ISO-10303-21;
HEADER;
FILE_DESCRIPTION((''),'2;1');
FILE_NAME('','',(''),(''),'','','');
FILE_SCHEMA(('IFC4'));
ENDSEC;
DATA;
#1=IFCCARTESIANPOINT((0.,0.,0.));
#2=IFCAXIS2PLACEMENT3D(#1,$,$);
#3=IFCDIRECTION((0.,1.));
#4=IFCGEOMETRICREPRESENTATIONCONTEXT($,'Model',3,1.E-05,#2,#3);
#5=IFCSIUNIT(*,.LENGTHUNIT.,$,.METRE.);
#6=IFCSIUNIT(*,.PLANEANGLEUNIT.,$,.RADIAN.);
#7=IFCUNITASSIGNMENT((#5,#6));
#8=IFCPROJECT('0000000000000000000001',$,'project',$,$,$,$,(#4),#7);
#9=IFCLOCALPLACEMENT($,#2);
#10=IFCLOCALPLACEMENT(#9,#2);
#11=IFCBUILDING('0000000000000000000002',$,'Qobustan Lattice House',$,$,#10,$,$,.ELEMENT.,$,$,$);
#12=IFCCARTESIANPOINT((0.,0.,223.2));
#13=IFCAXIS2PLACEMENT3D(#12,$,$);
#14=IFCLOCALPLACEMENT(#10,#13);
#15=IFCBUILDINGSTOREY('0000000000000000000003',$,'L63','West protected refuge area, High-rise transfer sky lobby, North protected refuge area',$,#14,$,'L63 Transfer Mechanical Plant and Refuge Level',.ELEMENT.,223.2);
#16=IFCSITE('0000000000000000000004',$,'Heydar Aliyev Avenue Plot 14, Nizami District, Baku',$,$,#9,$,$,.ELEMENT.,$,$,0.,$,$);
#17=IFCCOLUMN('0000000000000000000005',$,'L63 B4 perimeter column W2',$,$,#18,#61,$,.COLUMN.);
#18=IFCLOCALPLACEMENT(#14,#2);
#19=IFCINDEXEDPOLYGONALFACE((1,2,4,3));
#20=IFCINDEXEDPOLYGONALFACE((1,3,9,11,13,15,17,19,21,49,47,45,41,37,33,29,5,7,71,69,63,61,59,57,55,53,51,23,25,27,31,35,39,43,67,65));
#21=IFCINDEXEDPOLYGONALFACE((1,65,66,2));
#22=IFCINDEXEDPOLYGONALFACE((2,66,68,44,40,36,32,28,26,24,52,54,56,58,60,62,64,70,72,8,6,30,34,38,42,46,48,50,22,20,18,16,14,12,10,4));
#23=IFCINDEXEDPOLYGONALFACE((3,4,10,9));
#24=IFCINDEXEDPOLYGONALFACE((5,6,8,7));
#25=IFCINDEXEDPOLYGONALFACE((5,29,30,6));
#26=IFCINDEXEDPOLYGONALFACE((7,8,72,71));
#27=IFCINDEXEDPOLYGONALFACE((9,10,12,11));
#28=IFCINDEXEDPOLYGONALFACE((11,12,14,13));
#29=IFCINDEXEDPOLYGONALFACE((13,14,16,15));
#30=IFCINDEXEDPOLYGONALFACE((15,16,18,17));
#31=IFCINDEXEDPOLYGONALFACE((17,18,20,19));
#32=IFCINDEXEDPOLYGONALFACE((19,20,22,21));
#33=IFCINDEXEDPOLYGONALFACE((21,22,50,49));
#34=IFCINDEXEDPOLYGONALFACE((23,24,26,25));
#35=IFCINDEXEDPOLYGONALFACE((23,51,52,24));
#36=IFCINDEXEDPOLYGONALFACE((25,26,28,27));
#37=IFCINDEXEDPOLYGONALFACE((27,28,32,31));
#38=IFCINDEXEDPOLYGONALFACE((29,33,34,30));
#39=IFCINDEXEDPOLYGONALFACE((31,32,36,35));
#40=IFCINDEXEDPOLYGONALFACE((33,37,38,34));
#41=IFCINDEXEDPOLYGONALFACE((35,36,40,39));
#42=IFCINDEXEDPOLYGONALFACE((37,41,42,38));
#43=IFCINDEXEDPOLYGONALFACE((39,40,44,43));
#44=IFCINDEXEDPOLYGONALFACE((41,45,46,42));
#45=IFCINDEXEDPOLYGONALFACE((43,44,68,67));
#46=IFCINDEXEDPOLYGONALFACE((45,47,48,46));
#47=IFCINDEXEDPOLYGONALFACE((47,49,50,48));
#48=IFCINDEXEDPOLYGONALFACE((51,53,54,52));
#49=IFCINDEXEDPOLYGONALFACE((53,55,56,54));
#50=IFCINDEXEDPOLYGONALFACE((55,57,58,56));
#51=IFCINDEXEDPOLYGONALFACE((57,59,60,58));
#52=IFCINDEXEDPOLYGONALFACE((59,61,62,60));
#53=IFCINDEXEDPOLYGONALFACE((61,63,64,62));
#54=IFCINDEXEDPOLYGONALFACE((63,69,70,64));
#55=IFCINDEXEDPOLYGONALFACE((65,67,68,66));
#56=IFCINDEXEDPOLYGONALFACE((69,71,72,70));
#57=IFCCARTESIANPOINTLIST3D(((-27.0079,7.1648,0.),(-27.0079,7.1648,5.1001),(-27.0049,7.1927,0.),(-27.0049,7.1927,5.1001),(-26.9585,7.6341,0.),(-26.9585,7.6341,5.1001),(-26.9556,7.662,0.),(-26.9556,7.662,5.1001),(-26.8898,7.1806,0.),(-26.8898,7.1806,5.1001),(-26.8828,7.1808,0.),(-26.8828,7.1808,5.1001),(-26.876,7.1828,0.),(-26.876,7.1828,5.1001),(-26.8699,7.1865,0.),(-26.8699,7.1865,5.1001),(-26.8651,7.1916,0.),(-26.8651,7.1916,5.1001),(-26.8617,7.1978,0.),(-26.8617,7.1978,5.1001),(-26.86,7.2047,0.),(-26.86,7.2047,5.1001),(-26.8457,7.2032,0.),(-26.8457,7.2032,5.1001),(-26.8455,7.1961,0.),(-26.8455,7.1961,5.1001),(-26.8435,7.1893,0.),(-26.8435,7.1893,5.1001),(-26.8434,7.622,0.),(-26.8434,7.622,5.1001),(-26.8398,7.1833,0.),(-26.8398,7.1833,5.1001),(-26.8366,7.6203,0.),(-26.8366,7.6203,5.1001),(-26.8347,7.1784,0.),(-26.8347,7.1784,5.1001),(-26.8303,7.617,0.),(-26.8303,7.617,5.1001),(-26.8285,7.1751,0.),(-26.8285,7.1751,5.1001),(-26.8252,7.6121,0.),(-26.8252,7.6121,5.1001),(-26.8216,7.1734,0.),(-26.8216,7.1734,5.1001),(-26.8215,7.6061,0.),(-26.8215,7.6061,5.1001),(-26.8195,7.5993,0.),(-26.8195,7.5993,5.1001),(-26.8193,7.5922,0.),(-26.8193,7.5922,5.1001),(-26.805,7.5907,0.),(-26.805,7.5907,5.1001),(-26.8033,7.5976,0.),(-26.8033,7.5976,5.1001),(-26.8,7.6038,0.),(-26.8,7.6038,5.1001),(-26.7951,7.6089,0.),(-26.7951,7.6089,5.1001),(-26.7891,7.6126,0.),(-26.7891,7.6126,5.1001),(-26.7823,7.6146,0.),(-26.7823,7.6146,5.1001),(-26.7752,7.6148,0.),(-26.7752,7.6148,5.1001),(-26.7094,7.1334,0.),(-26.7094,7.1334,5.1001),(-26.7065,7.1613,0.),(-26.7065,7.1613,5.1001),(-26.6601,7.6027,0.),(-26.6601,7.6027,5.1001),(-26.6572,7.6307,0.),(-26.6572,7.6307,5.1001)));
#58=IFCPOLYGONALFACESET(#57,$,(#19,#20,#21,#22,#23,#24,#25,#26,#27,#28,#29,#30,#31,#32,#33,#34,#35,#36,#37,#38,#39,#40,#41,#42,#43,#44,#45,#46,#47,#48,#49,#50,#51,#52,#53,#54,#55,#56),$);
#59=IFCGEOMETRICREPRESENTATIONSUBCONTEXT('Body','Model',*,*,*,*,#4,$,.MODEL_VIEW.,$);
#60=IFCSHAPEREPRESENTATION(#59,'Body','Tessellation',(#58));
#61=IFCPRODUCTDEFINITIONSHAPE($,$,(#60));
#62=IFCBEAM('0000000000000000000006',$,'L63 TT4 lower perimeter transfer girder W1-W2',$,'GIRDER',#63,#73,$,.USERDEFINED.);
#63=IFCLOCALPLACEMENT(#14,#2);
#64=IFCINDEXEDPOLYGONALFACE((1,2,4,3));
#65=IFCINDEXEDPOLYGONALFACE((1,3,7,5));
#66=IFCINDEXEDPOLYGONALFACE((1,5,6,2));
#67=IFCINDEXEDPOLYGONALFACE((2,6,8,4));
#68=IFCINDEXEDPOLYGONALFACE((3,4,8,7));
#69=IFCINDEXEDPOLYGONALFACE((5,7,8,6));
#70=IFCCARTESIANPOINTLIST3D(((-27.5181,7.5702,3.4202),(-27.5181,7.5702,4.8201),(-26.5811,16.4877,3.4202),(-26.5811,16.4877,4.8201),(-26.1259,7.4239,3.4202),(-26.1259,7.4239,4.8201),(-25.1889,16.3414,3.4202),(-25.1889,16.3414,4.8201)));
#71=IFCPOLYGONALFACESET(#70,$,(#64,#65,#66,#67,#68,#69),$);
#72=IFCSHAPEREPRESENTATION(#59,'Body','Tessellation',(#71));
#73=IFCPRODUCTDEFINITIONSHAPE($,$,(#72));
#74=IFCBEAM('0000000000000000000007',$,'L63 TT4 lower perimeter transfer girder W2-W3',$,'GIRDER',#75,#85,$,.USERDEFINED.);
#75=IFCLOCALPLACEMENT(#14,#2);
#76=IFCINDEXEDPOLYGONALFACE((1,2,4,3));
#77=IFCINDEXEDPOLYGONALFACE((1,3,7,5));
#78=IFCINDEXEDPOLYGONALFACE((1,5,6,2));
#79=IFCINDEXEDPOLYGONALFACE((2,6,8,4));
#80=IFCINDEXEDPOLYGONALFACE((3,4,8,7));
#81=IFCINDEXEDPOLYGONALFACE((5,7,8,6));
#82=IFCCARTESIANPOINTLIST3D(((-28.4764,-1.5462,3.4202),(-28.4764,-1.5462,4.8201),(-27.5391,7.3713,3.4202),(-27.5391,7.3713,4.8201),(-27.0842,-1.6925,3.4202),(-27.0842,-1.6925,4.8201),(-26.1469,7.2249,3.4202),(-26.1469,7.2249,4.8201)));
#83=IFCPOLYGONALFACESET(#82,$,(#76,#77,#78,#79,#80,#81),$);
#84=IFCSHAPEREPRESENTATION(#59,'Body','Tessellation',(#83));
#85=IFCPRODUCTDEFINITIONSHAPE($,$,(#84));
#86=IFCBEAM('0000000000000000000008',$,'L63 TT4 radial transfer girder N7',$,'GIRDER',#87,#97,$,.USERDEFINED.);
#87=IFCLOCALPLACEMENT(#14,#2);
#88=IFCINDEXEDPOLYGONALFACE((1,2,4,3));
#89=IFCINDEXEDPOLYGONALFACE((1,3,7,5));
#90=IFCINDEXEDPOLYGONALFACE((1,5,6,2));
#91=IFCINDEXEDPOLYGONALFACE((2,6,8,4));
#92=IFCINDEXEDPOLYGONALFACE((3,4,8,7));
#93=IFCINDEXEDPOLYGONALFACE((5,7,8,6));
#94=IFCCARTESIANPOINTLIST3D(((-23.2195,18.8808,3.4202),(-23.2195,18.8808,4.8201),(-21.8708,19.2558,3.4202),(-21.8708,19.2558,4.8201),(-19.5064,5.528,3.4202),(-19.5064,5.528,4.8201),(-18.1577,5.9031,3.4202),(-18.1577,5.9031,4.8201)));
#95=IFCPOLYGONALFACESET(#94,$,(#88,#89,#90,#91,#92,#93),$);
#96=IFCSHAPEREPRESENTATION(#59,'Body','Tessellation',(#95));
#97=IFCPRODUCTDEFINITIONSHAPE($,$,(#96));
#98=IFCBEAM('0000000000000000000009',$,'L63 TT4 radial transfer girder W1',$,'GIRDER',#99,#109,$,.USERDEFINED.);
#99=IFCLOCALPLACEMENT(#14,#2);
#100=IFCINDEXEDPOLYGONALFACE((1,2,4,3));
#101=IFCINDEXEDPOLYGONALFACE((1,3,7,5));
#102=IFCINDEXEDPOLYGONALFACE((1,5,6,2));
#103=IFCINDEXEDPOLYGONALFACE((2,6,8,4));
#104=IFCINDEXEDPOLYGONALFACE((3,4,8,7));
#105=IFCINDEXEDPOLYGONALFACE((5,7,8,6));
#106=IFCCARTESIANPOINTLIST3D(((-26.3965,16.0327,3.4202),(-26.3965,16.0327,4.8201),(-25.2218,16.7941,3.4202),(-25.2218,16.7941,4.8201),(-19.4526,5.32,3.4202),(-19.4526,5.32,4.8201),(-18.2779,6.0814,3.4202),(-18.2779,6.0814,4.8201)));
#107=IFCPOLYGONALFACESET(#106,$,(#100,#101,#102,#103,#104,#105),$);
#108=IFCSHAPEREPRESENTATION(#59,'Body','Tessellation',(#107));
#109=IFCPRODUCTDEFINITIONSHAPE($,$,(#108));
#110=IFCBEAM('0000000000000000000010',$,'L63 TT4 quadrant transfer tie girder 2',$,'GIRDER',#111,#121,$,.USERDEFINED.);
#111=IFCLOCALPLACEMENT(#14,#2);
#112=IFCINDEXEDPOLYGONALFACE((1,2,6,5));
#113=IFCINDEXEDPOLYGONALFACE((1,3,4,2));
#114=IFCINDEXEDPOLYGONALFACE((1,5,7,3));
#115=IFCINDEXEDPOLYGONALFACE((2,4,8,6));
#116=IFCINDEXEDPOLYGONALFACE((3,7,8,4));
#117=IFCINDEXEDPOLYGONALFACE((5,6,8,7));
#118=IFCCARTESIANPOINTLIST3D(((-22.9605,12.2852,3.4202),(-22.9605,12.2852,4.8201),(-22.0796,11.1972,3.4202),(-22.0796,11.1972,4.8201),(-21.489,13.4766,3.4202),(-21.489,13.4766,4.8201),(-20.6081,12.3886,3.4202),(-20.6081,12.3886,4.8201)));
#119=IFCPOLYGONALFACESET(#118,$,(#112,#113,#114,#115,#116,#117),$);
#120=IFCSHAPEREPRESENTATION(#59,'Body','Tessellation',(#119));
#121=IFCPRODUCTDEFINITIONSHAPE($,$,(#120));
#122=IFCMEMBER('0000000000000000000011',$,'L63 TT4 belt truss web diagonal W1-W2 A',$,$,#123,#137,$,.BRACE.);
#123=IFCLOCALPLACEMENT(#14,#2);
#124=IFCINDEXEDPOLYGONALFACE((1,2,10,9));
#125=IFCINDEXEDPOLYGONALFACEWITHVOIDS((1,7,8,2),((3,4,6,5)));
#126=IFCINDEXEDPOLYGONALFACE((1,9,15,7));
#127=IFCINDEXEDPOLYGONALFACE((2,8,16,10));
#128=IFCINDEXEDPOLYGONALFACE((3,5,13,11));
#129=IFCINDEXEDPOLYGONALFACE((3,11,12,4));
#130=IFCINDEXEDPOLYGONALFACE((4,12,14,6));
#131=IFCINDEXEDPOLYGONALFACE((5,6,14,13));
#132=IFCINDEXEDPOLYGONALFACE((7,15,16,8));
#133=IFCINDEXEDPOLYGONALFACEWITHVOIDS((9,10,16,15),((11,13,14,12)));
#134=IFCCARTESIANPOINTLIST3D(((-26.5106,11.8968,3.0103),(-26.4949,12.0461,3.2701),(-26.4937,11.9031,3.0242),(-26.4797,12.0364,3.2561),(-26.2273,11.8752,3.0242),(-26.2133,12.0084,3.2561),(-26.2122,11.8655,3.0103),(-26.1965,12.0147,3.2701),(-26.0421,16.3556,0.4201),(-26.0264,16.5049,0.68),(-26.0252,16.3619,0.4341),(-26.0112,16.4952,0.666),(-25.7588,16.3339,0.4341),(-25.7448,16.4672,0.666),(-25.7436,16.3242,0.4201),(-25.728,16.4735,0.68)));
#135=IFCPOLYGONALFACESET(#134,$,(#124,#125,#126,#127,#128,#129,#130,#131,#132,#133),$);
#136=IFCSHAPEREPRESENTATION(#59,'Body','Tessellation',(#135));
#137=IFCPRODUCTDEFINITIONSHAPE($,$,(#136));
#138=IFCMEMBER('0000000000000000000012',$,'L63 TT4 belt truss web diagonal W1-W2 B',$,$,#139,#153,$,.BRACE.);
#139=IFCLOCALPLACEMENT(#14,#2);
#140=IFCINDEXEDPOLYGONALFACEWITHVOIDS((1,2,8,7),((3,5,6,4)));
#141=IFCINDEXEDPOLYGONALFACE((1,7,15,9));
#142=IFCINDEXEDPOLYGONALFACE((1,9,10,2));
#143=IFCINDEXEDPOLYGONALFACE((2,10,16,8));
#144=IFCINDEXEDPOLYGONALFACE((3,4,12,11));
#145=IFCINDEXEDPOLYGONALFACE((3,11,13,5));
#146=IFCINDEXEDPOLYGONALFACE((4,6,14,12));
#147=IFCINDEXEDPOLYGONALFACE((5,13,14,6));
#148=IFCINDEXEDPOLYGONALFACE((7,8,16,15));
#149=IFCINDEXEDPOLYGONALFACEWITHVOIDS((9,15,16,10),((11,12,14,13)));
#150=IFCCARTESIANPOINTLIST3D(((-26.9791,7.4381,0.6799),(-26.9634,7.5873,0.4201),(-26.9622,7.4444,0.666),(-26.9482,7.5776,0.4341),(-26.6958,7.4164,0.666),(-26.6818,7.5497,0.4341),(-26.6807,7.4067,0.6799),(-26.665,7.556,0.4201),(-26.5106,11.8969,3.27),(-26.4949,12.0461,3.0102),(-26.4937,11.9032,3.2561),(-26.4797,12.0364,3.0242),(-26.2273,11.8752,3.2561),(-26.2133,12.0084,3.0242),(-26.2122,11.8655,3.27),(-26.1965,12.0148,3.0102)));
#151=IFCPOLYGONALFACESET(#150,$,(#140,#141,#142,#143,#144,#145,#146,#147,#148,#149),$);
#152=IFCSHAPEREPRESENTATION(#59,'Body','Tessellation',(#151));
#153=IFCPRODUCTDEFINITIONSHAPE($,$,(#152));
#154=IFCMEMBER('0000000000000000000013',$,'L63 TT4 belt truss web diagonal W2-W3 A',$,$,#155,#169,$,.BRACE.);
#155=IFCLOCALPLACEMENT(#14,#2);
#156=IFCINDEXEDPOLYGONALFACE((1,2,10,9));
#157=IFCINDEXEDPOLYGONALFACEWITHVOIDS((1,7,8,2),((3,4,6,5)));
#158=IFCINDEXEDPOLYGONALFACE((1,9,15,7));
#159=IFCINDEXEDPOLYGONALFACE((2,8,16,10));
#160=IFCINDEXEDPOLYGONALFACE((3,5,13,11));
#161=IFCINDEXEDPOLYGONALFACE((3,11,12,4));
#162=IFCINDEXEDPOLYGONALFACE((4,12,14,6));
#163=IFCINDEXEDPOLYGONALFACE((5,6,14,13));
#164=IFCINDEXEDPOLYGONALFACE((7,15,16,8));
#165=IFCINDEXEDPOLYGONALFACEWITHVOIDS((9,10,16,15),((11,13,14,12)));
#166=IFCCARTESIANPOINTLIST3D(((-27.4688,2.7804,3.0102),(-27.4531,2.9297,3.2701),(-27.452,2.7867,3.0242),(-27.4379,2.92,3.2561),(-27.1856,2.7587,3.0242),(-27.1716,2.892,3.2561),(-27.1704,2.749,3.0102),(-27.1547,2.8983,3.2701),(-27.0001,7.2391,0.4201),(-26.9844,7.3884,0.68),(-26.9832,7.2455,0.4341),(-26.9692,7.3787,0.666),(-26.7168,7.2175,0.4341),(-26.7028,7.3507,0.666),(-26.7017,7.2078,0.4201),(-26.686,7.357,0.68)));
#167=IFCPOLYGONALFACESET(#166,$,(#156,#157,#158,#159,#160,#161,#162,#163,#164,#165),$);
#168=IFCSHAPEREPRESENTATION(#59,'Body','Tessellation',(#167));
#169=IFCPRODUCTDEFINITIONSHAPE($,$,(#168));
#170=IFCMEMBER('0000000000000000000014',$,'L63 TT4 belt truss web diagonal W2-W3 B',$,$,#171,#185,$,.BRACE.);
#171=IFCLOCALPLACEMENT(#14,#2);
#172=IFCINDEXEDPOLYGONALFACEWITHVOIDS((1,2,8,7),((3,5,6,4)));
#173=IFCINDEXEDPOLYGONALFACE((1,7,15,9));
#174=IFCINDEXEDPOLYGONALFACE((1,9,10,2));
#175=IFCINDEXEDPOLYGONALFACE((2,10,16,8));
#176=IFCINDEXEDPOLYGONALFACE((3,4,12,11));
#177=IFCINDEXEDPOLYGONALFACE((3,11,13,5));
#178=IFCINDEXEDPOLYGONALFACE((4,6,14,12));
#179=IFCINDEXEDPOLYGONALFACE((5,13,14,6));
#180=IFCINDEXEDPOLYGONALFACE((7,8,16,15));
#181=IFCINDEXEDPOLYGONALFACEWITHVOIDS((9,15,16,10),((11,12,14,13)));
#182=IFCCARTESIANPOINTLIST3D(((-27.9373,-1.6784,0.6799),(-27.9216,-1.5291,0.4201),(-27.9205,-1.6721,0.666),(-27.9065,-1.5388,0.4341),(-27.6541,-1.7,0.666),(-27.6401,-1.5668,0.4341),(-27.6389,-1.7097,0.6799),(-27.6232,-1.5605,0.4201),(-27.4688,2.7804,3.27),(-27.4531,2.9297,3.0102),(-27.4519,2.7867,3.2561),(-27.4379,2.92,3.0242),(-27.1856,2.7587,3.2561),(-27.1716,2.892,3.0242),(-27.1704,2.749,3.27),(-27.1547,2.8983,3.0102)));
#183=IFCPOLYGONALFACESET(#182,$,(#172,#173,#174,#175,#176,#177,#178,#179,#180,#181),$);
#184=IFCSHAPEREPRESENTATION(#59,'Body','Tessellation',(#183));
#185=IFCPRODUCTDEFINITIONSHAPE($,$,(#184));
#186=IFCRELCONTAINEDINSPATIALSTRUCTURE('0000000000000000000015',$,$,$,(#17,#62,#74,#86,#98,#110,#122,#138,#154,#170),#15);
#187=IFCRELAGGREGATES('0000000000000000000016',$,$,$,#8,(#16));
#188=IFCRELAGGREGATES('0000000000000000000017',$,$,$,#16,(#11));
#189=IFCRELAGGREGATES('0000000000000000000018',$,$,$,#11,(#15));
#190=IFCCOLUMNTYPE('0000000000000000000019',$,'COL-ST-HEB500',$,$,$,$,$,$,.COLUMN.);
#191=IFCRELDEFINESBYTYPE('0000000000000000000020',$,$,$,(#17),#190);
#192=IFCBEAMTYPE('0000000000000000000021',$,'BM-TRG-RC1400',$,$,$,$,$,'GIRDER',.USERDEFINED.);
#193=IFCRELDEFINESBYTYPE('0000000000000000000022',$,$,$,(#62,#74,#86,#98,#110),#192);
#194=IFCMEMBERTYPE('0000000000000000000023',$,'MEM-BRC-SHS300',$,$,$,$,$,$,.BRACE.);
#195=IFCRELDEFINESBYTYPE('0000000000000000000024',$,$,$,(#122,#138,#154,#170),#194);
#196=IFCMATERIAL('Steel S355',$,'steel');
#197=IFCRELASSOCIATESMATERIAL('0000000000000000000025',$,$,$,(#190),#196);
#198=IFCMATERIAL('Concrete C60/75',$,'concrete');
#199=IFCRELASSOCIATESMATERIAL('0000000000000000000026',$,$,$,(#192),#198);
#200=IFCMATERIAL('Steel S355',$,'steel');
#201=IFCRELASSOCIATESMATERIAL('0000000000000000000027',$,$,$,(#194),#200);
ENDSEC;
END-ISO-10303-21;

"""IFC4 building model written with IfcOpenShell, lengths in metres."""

from ifc_helpers import new_model, si_unit, direction, frame, origin, origin_2d, place, context, subcontext, project, spatial, rectangle, hollow_rectangle, i_section, extrude, material, material_profile, profile_set, type_object, element, save


model = new_model("IFC4")

# Units and contexts
model_context = context("Model", 3, precision=1e-05, world=origin(), true_north=direction((0.0, 1.0)))
body_context = subcontext(model_context, "Body", "Model", "MODEL_VIEW")
ifc_project = project(units=[si_unit("LENGTHUNIT", "METRE"), si_unit("PLANEANGLEUNIT", "RADIAN")], contexts=[model_context])

# Site, building, storey
site_placement = place(None, origin())
site = spatial("IfcSite", under=ifc_project, at=site_placement, Name="Heydar Aliyev Avenue Plot 14, Nizami District, Baku", CompositionType="ELEMENT", RefElevation=0.0)
building_placement = place(site_placement, origin())
building = spatial("IfcBuilding", under=site, at=building_placement, Name="Qobustan Lattice House", CompositionType="ELEMENT")
storey_placement = place(building_placement, frame((0.0, 0.0, 223.2)))
storey = spatial("IfcBuildingStorey", under=building, at=storey_placement, Name="L63", Description="West protected refuge area, High-rise transfer sky lobby, North protected refuge area", LongName="L63 Transfer Mechanical Plant and Refuge Level", CompositionType="ELEMENT", Elevation=223.2)

# Column
ifc_material_1 = material(Name="Steel S355", Category="steel")
ifc_material_profile_1 = material_profile(ifc_material_1, i_section(OverallWidth=0.3, OverallDepth=0.5, WebThickness=0.0144, FlangeThickness=0.0281, FilletRadius=0.0271, at=origin_2d()), Name="HEB500")
ifc_profile_set_1 = profile_set([ifc_material_profile_1], Name="Steel S355")
column_type = type_object("IfcColumnType", Name="COL-ST-HEB500", PredefinedType="COLUMN", material=ifc_profile_set_1)
column_placement = place(storey_placement, frame((-26.8325, 7.3977, 0.0), z_axis=(0.0, 0.0, 1.0), x_axis=(0.994522, -0.104528, 0.0)))
element("IfcColumn", 1, at=column_placement, inside=storey, type_object=column_type, Name="L63 B4 perimeter column W2", PredefinedType="COLUMN", context=body_context, shape_type="SweptSolid", body=[
    extrude(i_section(OverallWidth=0.3, OverallDepth=0.5, WebThickness=0.0144, FlangeThickness=0.0281, FilletRadius=0.0271, at=origin_2d()), origin(), (0.0, 0.0, 1.0), 5.1001),
])

# Beams
ifc_material_2 = material(Name="Concrete C60/75", Category="concrete")
ifc_material_profile_2 = material_profile(ifc_material_2, rectangle(XDim=1.3999, YDim=1.3999, at=origin_2d()), Name="RC1400x1400")
ifc_profile_set_2 = profile_set([ifc_material_profile_2], Name="Concrete C60/75")
beam_type = type_object("IfcBeamType", Name="BM-TRG-RC1400", ElementType="GIRDER", PredefinedType="USERDEFINED", material=ifc_profile_set_2)
for number, where, z_axis, x_axis, name in (
    (2, (-25.885, 16.4146, 4.1201), (-0.104501, -0.994525, 0.0), (0.994525, -0.104501, 0.0), "L63 TT4 lower perimeter transfer girder W1-W2"),
    (3, (-26.843, 7.2981, 4.1201), (-0.104527, -0.994522, 0.0), (0.994522, -0.104527, 0.0), "L63 TT4 lower perimeter transfer girder W2-W3"),
):
    element("IfcBeam", number, at=place(storey_placement, frame(where, z_axis=z_axis, x_axis=x_axis)), inside=storey, type_object=beam_type, Name=name, ObjectType="GIRDER", PredefinedType="USERDEFINED", context=body_context, shape_type="SweptSolid", body=[
        extrude(rectangle(XDim=1.3999, YDim=1.3999, at=origin_2d()), origin(), (0.0, 0.0, 1.0), 8.9666),
    ])
beam_1_placement = place(storey_placement, frame((-18.832, 5.7156, 4.1201), z_axis=(-0.267914, 0.963443, 0.0), x_axis=(-0.963443, -0.267914, 0.0)))
element("IfcBeam", 4, at=beam_1_placement, inside=storey, type_object=beam_type, Name="L63 TT4 radial transfer girder N7", ObjectType="GIRDER", PredefinedType="USERDEFINED", context=body_context, shape_type="SweptSolid", body=[
    extrude(rectangle(XDim=1.3999, YDim=1.3999, at=origin_2d()), origin(), (0.0, 0.0, 1.0), 13.8594),
])
beam_2_placement = place(storey_placement, frame((-18.8652, 5.7007, 4.1201), z_axis=(-0.543921, 0.839136, 0.0), x_axis=(-0.839136, -0.543921, 0.0)))
element("IfcBeam", 5, at=beam_2_placement, inside=storey, type_object=beam_type, Name="L63 TT4 radial transfer girder W1", ObjectType="GIRDER", PredefinedType="USERDEFINED", context=body_context, shape_type="SweptSolid", body=[
    extrude(rectangle(XDim=1.3999, YDim=1.3999, at=origin_2d()), origin(), (0.0, 0.0, 1.0), 12.7664),
])
beam_3_placement = place(storey_placement, frame((-21.0486, 12.9326, 4.1201), z_axis=(-0.777182, -0.629276, 0.0), x_axis=(0.629276, -0.777182, 0.0)))
element("IfcBeam", 6, at=beam_3_placement, inside=storey, type_object=beam_type, Name="L63 TT4 quadrant transfer tie girder 2", ObjectType="GIRDER", PredefinedType="USERDEFINED", context=body_context, shape_type="SweptSolid", body=[
    extrude(rectangle(XDim=1.3999, YDim=1.3999, at=origin_2d()), origin(), (0.0, 0.0, 1.0), 1.8933),
])

# Members
ifc_material_3 = material(Name="Steel S355", Category="steel")
ifc_material_profile_3 = material_profile(ifc_material_3, hollow_rectangle(XDim=0.3, YDim=0.3, WallThickness=0.0161, at=origin_2d()), Name="SHS300x300x16")
ifc_profile_set_3 = profile_set([ifc_material_profile_3], Name="Steel S355")
member_type_1 = type_object("IfcMemberType", Name="MEM-BRC-SHS300", PredefinedType="BRACE", material=ifc_profile_set_3)
for number, where, z_axis, x_axis, name in (
    (7, (-25.885, 16.4146, 0.55), (-0.090486, -0.861146, 0.500241), (0.994525, -0.104501, 0.0), "L63 TT4 belt truss web diagonal W1-W2 A"),
    (8, (-26.3535, 11.9558, 3.1401), (-0.090486, -0.861146, -0.500241), (0.994525, -0.104501, 0.0), "L63 TT4 belt truss web diagonal W1-W2 B"),
    (9, (-26.843, 7.2981, 0.55), (-0.090532, -0.861142, 0.500238), (0.994519, -0.104554, 0.0), "L63 TT4 belt truss web diagonal W2-W3 A"),
    (10, (-27.3118, 2.8394, 3.1401), (-0.090486, -0.861146, -0.500241), (0.994525, -0.104501, 0.0), "L63 TT4 belt truss web diagonal W2-W3 B"),
):
    element("IfcMember", number, at=place(storey_placement, frame(where, z_axis=z_axis, x_axis=x_axis)), inside=storey, type_object=member_type_1, Name=name, PredefinedType="BRACE", context=body_context, shape_type="SweptSolid", body=[
        extrude(hollow_rectangle(XDim=0.3, YDim=0.3, WallThickness=0.0161, at=origin_2d()), origin(), (0.0, 0.0, 1.0), 5.1777),
    ])

save(model, "model.ifc")
